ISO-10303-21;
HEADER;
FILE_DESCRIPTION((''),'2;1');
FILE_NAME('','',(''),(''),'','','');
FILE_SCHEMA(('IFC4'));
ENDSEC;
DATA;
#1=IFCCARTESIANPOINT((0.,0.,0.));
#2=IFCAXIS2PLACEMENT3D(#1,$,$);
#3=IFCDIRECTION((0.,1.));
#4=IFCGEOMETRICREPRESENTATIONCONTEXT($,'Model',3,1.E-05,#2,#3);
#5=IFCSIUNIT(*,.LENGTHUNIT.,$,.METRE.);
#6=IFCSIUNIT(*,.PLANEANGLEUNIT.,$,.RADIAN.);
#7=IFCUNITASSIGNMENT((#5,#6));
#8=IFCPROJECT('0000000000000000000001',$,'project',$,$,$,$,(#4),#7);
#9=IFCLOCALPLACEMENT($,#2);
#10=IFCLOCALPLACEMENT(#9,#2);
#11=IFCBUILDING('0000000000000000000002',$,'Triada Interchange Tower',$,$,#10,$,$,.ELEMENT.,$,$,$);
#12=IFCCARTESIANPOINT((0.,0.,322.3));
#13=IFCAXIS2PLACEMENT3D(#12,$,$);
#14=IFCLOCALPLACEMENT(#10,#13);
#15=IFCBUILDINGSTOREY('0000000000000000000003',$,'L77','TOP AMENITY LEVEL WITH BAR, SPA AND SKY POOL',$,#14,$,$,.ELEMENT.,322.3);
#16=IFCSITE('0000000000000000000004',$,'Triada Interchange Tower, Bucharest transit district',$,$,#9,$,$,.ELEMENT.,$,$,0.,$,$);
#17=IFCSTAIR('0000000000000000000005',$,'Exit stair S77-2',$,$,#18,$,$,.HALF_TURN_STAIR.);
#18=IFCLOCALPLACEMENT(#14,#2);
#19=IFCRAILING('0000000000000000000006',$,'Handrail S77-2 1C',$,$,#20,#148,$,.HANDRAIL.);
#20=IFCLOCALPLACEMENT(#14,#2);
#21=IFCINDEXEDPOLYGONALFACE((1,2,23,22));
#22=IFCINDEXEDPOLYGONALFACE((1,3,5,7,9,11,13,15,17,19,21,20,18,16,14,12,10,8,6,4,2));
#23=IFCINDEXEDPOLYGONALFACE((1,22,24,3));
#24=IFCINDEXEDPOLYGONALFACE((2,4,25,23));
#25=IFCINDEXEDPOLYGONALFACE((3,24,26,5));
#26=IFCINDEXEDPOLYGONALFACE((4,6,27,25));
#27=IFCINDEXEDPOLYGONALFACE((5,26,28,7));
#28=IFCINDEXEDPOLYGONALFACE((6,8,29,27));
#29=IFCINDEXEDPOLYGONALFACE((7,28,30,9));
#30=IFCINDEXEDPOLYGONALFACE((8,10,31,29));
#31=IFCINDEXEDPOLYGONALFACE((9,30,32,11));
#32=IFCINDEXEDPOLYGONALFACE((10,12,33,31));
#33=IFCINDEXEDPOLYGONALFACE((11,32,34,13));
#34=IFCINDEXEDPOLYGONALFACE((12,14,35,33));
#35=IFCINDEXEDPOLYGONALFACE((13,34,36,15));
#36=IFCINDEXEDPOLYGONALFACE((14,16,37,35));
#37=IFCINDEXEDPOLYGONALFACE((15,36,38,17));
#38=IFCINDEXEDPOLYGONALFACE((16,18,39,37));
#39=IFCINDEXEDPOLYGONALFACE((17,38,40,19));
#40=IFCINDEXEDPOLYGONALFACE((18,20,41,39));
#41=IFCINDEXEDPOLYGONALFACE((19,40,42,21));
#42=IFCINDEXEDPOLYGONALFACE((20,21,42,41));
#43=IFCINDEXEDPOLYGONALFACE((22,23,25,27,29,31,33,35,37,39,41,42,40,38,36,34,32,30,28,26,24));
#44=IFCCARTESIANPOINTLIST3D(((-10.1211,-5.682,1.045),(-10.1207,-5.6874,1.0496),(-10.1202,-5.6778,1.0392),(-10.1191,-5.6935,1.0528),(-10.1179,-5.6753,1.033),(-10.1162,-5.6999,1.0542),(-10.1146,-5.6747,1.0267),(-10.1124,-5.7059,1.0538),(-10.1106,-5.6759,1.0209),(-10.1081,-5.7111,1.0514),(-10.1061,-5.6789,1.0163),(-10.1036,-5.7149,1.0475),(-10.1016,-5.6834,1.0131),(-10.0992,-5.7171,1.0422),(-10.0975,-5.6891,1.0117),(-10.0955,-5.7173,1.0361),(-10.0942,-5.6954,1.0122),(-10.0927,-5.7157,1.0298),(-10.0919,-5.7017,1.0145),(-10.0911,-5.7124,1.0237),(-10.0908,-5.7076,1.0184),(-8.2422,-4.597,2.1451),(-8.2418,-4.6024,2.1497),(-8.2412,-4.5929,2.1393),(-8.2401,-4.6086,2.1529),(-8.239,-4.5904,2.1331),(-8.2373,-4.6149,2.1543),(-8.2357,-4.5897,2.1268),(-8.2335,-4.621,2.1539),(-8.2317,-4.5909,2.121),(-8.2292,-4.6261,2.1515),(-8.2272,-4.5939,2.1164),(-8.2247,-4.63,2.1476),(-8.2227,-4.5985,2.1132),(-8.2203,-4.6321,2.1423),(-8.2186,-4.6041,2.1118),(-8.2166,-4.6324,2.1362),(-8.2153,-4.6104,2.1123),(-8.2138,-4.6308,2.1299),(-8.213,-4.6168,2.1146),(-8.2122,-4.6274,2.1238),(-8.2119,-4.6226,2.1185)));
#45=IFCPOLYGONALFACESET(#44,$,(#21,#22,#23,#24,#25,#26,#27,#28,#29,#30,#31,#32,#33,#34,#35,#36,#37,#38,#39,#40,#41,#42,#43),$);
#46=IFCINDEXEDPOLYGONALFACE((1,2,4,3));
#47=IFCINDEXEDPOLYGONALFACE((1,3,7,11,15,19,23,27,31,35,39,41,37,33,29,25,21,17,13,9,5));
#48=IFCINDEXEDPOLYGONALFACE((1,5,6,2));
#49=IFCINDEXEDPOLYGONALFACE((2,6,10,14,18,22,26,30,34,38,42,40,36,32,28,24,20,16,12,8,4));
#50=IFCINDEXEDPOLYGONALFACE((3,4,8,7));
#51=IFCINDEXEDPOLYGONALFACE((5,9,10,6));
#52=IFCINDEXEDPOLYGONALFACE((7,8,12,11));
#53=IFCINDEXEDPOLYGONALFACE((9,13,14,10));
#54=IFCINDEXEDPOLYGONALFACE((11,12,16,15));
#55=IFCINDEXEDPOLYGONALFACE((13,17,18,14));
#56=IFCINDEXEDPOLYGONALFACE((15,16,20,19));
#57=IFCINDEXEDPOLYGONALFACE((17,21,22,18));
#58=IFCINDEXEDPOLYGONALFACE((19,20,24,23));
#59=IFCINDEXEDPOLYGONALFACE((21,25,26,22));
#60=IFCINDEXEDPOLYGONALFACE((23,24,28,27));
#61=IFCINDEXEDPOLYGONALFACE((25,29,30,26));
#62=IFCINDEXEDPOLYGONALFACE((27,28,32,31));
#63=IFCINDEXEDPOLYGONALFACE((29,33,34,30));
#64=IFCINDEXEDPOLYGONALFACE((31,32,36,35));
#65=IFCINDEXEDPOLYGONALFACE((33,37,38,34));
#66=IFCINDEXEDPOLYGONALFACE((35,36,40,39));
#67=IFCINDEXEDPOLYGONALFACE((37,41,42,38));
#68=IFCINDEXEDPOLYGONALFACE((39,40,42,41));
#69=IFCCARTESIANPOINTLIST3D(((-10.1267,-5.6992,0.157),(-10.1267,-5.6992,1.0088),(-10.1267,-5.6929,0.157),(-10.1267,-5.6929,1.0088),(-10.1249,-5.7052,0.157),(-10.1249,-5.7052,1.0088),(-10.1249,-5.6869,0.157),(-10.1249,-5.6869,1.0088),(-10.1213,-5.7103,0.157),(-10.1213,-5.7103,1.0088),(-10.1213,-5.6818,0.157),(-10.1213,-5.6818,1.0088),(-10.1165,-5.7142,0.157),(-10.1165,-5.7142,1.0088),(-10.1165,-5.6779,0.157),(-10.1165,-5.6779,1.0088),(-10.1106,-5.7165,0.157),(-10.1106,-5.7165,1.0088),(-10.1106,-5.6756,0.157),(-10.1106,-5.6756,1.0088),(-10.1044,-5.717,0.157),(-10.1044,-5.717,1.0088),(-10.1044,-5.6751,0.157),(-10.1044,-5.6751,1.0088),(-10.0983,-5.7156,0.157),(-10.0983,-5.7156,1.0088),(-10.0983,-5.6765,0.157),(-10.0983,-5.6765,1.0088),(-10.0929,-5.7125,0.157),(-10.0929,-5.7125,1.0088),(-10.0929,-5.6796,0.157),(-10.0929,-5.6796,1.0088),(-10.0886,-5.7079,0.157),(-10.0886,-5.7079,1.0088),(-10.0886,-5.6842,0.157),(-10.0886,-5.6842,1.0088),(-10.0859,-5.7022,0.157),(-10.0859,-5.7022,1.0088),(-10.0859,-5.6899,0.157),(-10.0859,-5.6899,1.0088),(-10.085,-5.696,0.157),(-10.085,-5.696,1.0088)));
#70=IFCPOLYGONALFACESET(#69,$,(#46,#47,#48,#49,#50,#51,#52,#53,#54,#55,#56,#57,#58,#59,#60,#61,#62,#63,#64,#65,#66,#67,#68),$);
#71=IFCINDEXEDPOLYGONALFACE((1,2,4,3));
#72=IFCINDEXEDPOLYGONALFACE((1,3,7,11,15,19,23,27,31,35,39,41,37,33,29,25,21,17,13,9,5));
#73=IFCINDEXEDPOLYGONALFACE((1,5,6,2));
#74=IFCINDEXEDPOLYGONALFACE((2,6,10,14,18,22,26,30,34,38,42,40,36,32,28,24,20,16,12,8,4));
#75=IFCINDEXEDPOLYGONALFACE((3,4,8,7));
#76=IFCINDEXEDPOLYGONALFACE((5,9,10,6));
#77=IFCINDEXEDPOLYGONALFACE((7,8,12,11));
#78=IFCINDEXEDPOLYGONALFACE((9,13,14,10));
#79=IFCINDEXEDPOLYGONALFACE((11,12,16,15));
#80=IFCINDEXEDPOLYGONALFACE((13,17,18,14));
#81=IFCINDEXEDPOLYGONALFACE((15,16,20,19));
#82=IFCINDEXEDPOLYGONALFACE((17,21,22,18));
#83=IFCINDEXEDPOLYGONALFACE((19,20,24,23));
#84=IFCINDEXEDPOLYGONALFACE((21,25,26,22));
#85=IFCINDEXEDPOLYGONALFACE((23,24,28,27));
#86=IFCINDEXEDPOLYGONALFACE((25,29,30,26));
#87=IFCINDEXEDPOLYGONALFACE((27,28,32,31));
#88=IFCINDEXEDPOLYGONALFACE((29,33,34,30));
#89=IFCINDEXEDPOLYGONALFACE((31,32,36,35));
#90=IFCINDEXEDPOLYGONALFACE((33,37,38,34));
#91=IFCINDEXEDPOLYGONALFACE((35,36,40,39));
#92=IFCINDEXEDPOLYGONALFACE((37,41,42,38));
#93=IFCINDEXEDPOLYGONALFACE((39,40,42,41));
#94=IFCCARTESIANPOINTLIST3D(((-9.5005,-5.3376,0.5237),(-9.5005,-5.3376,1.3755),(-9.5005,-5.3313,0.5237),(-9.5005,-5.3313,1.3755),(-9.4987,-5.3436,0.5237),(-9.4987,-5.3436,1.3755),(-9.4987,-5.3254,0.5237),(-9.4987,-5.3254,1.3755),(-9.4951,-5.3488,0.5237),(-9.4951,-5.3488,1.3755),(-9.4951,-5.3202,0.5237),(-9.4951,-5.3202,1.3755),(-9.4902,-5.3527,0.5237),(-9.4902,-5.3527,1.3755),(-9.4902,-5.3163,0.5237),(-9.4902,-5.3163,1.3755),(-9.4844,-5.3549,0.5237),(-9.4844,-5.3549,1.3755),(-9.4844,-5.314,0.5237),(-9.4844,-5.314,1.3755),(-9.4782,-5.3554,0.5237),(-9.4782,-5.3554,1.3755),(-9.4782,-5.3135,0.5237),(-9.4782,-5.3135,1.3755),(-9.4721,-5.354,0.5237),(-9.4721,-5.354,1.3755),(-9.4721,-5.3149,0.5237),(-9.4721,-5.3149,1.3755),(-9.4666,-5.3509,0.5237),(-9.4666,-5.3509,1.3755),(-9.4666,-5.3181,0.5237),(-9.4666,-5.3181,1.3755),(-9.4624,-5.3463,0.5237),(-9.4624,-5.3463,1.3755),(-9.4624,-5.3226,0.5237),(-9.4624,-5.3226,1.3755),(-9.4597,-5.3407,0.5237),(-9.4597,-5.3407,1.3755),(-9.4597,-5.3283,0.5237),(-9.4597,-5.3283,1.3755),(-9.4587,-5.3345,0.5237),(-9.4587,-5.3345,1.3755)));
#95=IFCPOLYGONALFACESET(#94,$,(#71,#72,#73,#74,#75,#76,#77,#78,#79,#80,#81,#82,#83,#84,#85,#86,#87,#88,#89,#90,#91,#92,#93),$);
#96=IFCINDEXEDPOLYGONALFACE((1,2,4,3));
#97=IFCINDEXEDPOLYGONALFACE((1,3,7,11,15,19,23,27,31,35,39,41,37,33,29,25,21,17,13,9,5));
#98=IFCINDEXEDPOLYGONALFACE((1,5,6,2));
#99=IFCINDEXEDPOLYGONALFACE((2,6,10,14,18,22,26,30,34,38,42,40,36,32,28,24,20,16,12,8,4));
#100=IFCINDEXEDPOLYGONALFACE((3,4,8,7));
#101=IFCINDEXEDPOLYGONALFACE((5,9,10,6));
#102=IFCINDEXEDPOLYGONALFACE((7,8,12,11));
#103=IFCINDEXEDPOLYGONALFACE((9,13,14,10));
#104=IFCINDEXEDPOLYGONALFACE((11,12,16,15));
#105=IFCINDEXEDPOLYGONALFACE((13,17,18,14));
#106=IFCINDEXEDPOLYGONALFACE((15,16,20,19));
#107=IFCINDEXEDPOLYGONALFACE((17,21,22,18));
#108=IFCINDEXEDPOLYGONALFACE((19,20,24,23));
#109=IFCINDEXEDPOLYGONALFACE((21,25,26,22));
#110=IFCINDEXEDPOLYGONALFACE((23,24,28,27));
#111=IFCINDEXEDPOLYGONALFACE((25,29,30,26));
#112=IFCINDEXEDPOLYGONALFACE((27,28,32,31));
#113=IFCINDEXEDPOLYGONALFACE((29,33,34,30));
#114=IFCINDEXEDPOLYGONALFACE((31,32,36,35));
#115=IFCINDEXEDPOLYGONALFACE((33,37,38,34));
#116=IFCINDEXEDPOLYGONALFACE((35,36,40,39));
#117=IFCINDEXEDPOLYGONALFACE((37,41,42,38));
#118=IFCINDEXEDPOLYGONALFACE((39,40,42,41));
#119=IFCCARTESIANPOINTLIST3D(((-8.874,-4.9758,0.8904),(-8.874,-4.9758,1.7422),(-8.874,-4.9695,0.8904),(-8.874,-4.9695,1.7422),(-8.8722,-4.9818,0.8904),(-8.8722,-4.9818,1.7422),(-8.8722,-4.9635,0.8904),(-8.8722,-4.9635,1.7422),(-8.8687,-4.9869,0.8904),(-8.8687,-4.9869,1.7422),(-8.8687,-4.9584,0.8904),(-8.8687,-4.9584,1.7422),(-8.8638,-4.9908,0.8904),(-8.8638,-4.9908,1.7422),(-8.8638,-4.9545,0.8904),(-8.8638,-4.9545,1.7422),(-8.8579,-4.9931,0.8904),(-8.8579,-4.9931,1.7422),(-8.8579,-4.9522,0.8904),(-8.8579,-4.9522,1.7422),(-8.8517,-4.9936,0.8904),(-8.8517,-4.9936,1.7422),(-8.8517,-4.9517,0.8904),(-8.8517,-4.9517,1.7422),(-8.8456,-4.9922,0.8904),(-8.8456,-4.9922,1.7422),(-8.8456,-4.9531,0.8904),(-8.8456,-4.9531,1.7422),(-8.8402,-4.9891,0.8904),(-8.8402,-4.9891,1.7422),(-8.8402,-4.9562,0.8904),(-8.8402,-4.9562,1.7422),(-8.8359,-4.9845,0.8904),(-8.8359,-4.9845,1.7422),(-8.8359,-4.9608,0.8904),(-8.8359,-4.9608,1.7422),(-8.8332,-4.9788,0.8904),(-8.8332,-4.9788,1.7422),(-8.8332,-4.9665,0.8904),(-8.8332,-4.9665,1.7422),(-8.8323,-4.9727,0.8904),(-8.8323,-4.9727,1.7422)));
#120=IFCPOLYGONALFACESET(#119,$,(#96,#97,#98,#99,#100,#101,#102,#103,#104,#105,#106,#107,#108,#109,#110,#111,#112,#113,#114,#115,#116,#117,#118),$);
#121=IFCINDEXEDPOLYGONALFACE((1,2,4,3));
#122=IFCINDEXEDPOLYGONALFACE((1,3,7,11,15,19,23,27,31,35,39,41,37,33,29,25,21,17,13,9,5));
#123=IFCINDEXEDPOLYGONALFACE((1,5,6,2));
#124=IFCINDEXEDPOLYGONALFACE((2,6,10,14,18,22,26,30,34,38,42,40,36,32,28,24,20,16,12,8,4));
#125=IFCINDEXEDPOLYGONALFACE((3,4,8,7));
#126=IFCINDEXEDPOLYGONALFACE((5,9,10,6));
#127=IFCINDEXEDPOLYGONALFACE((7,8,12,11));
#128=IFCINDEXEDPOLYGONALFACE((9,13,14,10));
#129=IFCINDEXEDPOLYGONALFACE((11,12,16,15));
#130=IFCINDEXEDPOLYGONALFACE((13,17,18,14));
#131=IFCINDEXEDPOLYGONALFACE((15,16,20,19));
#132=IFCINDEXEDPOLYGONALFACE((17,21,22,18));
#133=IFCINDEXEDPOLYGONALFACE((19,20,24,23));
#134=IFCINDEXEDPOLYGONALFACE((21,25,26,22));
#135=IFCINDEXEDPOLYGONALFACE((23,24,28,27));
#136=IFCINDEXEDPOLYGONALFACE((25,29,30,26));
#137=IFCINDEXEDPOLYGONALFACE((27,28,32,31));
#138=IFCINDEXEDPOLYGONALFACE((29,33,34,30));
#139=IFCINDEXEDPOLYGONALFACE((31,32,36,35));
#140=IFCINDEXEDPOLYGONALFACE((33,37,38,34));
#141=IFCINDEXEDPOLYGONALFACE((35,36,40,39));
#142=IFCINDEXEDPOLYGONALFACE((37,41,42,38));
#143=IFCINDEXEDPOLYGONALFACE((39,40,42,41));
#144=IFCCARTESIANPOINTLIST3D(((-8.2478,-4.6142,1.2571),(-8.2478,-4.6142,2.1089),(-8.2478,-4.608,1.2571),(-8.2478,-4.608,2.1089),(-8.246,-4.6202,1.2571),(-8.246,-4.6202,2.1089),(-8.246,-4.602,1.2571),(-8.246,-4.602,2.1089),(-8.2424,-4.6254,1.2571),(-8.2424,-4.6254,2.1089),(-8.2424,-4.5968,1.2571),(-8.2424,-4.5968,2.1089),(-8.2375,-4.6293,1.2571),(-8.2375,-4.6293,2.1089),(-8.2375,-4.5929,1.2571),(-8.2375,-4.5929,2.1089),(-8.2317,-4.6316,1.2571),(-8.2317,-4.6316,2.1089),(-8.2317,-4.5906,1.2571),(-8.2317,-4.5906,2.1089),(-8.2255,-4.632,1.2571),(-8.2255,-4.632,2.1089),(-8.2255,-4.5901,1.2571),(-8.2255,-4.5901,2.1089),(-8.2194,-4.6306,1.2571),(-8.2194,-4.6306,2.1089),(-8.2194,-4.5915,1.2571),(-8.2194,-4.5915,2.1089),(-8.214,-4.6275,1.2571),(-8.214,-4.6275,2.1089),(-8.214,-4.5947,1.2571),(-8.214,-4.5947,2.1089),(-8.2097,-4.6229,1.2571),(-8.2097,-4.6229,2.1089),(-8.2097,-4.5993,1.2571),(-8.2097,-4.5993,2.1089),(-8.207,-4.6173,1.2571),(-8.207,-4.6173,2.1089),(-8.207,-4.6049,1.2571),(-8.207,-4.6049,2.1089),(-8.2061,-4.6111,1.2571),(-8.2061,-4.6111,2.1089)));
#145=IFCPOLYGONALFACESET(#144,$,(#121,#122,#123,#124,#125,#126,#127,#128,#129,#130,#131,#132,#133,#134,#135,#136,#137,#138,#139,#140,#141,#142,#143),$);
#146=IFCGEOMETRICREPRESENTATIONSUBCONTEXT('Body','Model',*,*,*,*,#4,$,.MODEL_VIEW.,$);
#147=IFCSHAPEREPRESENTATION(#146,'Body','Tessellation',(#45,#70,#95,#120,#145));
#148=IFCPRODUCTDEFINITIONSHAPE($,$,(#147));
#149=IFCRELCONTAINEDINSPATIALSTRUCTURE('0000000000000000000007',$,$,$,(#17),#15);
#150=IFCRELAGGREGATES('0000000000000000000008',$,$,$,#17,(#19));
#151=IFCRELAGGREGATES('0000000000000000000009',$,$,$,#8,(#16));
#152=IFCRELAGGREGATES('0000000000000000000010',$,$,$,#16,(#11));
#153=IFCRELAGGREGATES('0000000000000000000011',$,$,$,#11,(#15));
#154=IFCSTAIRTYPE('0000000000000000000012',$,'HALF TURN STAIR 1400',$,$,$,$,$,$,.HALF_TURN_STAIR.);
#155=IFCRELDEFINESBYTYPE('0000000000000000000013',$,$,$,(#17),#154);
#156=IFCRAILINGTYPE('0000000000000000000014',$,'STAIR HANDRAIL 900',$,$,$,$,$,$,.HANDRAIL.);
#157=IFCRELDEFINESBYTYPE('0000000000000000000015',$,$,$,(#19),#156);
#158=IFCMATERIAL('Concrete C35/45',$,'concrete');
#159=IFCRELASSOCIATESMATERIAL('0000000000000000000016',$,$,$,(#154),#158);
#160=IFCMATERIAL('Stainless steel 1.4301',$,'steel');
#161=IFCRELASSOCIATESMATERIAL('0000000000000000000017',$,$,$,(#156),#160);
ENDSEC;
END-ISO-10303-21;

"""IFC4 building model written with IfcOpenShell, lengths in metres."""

from ifc_helpers import new_model, si_unit, direction, frame, origin, origin_2d, place, context, subcontext, project, spatial, circle, extrude, material, type_object, element, aggregate, save


model = new_model("IFC4")

# Units and contexts
model_context = context("Model", 3, precision=1e-05, world=origin(), true_north=direction((0.0, 1.0)))
body_context = subcontext(model_context, "Body", "Model", "MODEL_VIEW")
ifc_project = project(units=[si_unit("LENGTHUNIT", "METRE"), si_unit("PLANEANGLEUNIT", "RADIAN")], contexts=[model_context])

# Site, building, storey
site_placement = place(None, origin())
site = spatial("IfcSite", under=ifc_project, at=site_placement, Name="Triada Interchange Tower, Bucharest transit district", CompositionType="ELEMENT", RefElevation=0.0)
building_placement = place(site_placement, origin())
building = spatial("IfcBuilding", under=site, at=building_placement, Name="Triada Interchange Tower", CompositionType="ELEMENT")
storey_placement = place(building_placement, frame((0.0, 0.0, 322.3)))
storey = spatial("IfcBuildingStorey", under=building, at=storey_placement, Name="L77", Description="TOP AMENITY LEVEL WITH BAR, SPA AND SKY POOL", CompositionType="ELEMENT", Elevation=322.3)

# Shared definitions
ifc_material_1 = material(Name="Concrete C35/45", Category="concrete")

# Stair, railing
stair_type = type_object("IfcStairType", Name="HALF TURN STAIR 1400", PredefinedType="HALF_TURN_STAIR", material=ifc_material_1)
stair_placement = place(storey_placement, origin())
stair = element("IfcStair", 1, at=stair_placement, inside=storey, type_object=stair_type, Name="Exit stair S77-2", PredefinedType="HALF_TURN_STAIR")
ifc_material_2 = material(Name="Stainless steel 1.4301", Category="steel")
railing_type_1 = type_object("IfcRailingType", Name="STAIR HANDRAIL 900", PredefinedType="HANDRAIL", material=ifc_material_2)
railing_1_placement = place(storey_placement, frame((-10.106, -5.696, 0.157)))
railing_1 = element("IfcRailing", 2, at=railing_1_placement, type_object=railing_type_1, Name="Handrail S77-2 1C", PredefinedType="HANDRAIL", context=body_context, shape_type="SweptSolid", body=[
    extrude(circle(Radius=0.0239, at=origin_2d()), frame((0.0, 0.0, 0.876), z_axis=(0.772379, 0.446005, 0.452227), x_axis=(-0.50006, 0.865991, 0.0)), (0.0, 0.0, 1.0), 2.4326),
    extrude(circle(Radius=0.021, at=origin_2d()), origin(), (0.0, 0.0, 1.0), 0.8518),
    extrude(circle(Radius=0.021, at=origin_2d()), frame((0.6262, 0.3616, 0.3667)), (0.0, 0.0, 1.0), 0.8518),
    extrude(circle(Radius=0.021, at=origin_2d()), frame((1.2527, 0.7234, 0.7334)), (0.0, 0.0, 1.0), 0.8518),
    extrude(circle(Radius=0.021, at=origin_2d()), frame((1.8789, 1.085, 1.1001)), (0.0, 0.0, 1.0), 0.8518),
])
aggregate(stair, [railing_1])

save(model, "model.ifc")
